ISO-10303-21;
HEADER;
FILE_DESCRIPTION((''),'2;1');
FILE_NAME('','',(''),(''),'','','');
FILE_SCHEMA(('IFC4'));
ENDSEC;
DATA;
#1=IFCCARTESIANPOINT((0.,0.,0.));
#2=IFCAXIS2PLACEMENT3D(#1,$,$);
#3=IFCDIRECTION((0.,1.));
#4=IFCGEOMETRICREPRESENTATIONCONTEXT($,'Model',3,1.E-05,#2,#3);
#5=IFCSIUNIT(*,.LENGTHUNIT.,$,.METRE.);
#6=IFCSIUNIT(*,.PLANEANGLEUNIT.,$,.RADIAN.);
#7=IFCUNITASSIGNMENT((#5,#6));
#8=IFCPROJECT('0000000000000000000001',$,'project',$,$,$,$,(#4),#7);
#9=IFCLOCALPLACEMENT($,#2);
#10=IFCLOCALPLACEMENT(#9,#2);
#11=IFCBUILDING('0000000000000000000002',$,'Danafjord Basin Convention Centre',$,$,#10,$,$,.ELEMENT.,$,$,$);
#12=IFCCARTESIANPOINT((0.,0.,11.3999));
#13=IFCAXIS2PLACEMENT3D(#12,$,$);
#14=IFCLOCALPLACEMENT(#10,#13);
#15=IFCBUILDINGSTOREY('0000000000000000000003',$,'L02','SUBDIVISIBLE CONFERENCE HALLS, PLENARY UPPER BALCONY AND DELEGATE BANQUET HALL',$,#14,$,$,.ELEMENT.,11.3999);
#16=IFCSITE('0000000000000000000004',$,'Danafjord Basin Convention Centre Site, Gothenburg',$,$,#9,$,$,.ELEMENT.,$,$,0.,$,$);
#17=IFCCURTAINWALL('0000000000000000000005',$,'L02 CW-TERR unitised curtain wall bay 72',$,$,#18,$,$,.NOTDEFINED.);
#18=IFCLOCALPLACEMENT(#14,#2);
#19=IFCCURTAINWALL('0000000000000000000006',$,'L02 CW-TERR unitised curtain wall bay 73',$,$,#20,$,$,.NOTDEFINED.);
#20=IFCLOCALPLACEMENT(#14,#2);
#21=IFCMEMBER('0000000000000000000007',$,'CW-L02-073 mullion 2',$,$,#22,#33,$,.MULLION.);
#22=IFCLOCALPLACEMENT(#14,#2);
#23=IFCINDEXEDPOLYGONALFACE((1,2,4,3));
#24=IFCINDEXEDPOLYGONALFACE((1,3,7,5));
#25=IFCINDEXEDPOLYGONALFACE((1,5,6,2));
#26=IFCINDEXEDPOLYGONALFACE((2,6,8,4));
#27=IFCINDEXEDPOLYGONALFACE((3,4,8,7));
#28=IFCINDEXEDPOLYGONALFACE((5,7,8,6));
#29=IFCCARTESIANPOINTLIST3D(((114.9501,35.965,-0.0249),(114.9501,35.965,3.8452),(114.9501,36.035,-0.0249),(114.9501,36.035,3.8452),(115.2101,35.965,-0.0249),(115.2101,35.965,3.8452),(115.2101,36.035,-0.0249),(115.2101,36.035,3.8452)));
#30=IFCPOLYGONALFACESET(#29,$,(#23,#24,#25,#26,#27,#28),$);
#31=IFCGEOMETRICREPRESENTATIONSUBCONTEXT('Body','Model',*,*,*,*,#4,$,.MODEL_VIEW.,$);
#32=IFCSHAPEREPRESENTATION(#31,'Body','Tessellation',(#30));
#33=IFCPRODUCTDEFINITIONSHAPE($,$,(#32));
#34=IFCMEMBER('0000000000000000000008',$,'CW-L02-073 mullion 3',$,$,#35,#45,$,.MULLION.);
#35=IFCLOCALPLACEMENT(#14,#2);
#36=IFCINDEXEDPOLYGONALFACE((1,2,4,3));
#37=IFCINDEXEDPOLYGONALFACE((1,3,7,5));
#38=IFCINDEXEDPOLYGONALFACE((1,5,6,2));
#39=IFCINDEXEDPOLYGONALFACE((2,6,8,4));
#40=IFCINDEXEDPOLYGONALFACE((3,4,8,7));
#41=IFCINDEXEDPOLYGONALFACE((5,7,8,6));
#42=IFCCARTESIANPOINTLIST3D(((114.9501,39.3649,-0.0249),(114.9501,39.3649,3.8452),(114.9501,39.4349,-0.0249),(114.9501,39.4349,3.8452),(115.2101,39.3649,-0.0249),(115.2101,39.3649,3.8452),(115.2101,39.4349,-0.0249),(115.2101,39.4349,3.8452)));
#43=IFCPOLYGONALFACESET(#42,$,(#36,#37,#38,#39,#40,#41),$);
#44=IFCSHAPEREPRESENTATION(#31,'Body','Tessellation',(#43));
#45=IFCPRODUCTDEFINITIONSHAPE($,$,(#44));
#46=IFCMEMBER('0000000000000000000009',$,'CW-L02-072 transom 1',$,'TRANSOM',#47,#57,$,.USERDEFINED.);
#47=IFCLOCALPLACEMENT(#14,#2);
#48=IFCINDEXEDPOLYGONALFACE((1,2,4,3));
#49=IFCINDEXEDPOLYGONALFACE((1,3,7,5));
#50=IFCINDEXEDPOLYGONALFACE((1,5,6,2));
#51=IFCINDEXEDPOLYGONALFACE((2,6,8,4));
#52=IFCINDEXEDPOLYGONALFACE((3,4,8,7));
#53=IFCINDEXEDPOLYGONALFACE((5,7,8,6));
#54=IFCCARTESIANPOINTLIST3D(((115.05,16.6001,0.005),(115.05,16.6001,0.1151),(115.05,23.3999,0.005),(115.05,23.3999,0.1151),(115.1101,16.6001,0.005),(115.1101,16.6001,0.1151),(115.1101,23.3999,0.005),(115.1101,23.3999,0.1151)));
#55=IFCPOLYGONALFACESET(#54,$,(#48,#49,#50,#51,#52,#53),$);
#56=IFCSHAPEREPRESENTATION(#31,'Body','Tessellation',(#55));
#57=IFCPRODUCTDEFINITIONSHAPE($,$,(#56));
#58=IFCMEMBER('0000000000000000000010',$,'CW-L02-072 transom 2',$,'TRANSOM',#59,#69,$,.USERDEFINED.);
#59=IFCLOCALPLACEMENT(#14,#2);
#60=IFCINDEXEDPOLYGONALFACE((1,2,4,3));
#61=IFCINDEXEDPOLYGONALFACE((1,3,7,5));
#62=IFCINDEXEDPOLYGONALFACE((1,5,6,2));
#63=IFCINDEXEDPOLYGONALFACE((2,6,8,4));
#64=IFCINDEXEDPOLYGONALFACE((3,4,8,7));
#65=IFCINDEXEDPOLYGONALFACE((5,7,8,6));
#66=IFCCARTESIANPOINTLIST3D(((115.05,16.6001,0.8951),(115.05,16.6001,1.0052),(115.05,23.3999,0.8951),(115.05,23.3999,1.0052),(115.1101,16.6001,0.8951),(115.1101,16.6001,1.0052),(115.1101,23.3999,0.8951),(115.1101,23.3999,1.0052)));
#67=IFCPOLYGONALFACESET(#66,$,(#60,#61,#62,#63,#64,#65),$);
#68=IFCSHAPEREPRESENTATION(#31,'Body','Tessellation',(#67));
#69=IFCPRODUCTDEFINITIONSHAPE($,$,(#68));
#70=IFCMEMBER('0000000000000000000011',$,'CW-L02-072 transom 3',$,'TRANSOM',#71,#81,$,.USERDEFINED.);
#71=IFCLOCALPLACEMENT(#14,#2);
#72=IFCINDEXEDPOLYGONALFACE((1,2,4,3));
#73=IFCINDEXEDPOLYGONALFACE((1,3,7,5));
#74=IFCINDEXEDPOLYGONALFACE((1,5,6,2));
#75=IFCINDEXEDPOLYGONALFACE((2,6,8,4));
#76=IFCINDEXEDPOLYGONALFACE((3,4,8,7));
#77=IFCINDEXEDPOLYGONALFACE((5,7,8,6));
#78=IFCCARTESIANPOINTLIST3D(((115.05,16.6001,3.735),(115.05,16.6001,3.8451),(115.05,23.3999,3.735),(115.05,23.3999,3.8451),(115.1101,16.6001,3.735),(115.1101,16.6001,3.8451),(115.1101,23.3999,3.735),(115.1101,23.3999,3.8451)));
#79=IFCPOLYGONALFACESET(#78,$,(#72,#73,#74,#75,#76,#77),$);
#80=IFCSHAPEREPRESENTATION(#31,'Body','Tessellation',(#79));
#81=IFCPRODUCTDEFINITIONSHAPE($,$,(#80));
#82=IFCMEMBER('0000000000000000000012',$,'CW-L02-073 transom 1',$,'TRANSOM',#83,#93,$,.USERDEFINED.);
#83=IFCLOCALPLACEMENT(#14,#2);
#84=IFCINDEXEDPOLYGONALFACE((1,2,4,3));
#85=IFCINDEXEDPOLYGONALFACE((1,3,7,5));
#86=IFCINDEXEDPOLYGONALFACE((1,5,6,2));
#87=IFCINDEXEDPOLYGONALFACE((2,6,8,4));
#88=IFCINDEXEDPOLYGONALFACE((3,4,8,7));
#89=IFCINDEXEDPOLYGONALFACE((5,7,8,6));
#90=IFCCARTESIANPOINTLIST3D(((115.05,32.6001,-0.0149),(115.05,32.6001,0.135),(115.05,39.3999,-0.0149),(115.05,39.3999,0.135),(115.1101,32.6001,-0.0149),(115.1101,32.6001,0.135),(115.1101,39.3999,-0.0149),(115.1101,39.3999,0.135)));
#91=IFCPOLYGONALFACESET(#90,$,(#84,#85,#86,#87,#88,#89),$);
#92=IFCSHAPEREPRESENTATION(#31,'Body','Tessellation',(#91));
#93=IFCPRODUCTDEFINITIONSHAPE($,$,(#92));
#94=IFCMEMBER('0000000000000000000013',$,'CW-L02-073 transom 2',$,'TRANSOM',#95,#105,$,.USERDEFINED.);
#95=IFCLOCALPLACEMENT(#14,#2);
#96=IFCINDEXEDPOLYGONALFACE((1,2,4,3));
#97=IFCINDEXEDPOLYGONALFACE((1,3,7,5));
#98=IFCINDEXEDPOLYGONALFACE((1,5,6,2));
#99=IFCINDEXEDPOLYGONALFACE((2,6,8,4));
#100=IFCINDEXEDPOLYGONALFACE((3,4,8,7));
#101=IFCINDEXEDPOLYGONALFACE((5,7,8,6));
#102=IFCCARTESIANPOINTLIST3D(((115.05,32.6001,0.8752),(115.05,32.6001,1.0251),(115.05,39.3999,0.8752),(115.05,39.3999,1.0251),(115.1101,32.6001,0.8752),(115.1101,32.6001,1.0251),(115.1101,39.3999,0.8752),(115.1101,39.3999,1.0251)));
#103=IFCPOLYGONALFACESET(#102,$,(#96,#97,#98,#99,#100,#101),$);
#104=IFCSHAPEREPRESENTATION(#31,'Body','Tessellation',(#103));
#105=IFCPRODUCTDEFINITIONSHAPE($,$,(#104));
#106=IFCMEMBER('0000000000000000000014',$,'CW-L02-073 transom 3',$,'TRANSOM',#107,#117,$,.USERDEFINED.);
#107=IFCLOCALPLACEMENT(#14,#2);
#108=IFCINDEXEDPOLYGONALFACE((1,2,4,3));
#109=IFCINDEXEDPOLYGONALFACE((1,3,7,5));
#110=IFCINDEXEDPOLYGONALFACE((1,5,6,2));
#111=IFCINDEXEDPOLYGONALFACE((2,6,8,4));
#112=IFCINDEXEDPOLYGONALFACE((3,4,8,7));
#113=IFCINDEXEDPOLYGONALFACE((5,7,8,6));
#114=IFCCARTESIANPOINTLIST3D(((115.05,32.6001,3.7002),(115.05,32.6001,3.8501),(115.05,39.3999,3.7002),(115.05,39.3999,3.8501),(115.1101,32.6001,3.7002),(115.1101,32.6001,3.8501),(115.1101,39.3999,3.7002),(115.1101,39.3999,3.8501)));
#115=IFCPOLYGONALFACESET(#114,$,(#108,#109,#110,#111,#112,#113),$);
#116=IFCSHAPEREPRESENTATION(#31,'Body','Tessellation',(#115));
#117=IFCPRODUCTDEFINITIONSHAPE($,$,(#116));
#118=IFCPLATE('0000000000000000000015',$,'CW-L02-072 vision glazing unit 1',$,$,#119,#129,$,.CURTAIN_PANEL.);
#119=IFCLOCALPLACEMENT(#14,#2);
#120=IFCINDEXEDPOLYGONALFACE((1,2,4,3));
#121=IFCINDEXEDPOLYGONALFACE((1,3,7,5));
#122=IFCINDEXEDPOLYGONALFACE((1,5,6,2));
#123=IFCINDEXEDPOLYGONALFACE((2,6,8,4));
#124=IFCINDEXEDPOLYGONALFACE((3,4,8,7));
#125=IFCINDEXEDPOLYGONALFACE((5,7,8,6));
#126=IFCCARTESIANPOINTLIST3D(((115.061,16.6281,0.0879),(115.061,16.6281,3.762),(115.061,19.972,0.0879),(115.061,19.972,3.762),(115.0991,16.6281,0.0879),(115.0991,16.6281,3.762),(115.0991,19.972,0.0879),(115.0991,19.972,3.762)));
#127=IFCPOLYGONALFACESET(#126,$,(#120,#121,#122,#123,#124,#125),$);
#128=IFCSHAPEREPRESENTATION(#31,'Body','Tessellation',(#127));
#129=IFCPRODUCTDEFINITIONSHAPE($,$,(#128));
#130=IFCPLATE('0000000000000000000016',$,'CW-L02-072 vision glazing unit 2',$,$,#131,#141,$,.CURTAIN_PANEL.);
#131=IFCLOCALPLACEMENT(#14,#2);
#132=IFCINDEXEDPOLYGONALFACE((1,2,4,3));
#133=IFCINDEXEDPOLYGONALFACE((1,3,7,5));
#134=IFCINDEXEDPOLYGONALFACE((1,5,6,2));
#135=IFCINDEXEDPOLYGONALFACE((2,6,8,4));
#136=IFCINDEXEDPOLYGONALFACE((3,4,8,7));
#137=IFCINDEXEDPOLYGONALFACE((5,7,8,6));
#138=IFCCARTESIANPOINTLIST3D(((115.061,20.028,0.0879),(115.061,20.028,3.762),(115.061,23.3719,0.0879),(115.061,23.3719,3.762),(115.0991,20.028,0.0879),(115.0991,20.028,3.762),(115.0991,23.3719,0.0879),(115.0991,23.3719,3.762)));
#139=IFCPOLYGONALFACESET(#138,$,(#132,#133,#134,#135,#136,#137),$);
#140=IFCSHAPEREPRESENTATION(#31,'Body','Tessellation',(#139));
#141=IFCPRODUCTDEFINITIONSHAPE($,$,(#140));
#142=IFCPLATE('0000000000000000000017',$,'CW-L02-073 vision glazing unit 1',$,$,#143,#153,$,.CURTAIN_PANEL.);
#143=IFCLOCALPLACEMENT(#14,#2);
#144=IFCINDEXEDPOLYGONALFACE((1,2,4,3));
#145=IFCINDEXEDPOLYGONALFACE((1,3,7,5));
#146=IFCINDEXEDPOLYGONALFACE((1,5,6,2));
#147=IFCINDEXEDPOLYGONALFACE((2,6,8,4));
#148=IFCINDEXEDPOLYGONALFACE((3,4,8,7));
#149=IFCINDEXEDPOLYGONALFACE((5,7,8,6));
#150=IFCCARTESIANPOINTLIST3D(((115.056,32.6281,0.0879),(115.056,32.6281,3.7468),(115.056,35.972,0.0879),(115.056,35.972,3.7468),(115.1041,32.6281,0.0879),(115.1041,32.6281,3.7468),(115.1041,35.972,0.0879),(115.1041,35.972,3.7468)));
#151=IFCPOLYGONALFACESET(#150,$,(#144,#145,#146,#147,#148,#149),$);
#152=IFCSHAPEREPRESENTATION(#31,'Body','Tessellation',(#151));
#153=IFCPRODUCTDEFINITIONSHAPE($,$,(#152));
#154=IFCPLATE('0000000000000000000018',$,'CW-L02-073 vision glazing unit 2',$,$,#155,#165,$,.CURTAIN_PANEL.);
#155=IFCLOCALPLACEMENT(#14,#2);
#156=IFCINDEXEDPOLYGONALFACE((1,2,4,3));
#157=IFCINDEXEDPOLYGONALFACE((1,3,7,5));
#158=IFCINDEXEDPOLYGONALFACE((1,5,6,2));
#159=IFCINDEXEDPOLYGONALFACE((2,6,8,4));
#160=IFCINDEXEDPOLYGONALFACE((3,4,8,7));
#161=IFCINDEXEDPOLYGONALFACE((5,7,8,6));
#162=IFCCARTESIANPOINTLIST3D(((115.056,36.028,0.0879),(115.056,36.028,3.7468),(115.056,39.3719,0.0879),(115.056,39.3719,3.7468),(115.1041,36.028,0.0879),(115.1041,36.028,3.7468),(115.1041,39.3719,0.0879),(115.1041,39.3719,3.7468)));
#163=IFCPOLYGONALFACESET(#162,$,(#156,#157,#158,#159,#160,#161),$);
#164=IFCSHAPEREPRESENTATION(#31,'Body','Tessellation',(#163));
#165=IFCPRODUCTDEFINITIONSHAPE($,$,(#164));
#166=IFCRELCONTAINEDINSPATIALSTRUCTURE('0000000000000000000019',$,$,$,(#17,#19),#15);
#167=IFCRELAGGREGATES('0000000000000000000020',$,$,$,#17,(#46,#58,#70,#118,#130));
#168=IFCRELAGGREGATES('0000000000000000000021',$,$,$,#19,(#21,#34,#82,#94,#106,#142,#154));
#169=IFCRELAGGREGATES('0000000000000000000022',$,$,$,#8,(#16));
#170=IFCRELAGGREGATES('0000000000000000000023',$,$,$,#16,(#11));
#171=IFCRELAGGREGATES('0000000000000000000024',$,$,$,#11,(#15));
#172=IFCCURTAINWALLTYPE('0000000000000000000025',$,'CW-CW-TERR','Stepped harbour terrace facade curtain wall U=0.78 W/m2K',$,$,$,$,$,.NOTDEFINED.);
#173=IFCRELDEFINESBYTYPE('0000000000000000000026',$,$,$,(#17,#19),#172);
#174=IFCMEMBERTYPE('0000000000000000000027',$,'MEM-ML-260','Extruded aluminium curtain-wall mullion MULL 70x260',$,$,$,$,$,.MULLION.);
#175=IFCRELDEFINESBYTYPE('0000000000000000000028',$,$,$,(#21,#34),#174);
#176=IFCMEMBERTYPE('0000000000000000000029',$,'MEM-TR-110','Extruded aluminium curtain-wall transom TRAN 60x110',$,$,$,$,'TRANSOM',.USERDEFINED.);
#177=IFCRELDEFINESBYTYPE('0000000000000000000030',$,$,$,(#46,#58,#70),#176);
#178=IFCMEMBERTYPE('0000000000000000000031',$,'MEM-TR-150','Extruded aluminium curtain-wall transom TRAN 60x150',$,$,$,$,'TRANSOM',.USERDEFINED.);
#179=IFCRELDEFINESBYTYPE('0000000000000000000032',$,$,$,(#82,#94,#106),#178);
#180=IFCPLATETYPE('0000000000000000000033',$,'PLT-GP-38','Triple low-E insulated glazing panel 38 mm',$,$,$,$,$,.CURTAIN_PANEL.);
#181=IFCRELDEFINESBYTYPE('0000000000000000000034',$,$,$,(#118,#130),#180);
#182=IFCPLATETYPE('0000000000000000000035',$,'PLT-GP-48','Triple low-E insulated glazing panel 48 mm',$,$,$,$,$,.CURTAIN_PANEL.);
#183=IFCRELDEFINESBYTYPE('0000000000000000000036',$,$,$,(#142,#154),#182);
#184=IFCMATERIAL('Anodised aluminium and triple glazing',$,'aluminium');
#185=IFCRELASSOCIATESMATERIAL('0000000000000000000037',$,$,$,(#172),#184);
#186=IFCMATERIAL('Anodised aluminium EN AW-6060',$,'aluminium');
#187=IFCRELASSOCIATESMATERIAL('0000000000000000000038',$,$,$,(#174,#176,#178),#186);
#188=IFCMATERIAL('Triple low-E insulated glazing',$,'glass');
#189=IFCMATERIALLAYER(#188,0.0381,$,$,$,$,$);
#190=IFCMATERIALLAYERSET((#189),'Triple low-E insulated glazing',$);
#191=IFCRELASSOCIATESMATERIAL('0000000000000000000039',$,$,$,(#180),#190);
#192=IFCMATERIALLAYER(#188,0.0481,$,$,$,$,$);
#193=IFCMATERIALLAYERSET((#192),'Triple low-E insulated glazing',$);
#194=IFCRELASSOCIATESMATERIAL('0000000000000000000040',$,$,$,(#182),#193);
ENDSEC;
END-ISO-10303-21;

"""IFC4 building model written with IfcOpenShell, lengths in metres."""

from ifc_helpers import new_model, si_unit, direction, frame, origin, origin_2d, place, context, subcontext, project, spatial, rectangle, extrude, material, layer, layer_set, material_profile, profile_set, type_object, element, aggregate, save


model = new_model("IFC4")

# Units and contexts
model_context = context("Model", 3, precision=1e-05, world=origin(), true_north=direction((0.0, 1.0)))
body_context = subcontext(model_context, "Body", "Model", "MODEL_VIEW")
ifc_project = project(units=[si_unit("LENGTHUNIT", "METRE"), si_unit("PLANEANGLEUNIT", "RADIAN")], contexts=[model_context])

# Site, building, storey
site_placement = place(None, origin())
site = spatial("IfcSite", under=ifc_project, at=site_placement, Name="Danafjord Basin Convention Centre Site, Gothenburg", CompositionType="ELEMENT", RefElevation=0.0)
building_placement = place(site_placement, origin())
building = spatial("IfcBuilding", under=site, at=building_placement, Name="Danafjord Basin Convention Centre", CompositionType="ELEMENT")
storey_placement = place(building_placement, frame((0.0, 0.0, 11.3999)))
storey = spatial("IfcBuildingStorey", under=building, at=storey_placement, Name="L02", Description="SUBDIVISIBLE CONFERENCE HALLS, PLENARY UPPER BALCONY AND DELEGATE BANQUET HALL", CompositionType="ELEMENT", Elevation=11.3999)

# Curtain walls, members
ifc_material_1 = material(Name="Anodised aluminium and triple glazing", Category="aluminium")
curtain_wall_type = type_object("IfcCurtainWallType", Name="CW-CW-TERR", Description="Stepped harbour terrace facade curtain wall U=0.78 W/m2K", PredefinedType="NOTDEFINED", material=ifc_material_1)
curtain_wall_1_placement = place(storey_placement, origin())
curtain_wall_1 = element("IfcCurtainWall", 1, at=curtain_wall_1_placement, inside=storey, type_object=curtain_wall_type, Name="L02 CW-TERR unitised curtain wall bay 72", PredefinedType="NOTDEFINED")
ifc_material_2 = material(Name="Anodised aluminium EN AW-6060", Category="aluminium")
curtain_wall_2_placement = place(storey_placement, origin())
curtain_wall_2 = element("IfcCurtainWall", 2, at=curtain_wall_2_placement, inside=storey, type_object=curtain_wall_type, Name="L02 CW-TERR unitised curtain wall bay 73", PredefinedType="NOTDEFINED")
ifc_material_profile_1 = material_profile(ifc_material_2, rectangle(XDim=0.0701, YDim=0.26, at=origin_2d()), Name="MULL 70x260")
ifc_profile_set_1 = profile_set([ifc_material_profile_1], Name="Anodised aluminium EN AW-6060")
member_type_1 = type_object("IfcMemberType", Name="MEM-ML-260", Description="Extruded aluminium curtain-wall mullion MULL 70x260", PredefinedType="MULLION", material=ifc_profile_set_1)
member_1_placement = place(storey_placement, frame((115.0801, 36.0, -0.0249), z_axis=(0.0, 0.0, 1.0), x_axis=(0.0, 1.0, 0.0)))
member_1 = element("IfcMember", 3, at=member_1_placement, type_object=member_type_1, Name="CW-L02-073 mullion 2", PredefinedType="MULLION", context=body_context, shape_type="SweptSolid", body=[
    extrude(rectangle(XDim=0.0701, YDim=0.26, at=origin_2d()), origin(), (0.0, 0.0, 1.0), 3.8701),
])
member_2_placement = place(storey_placement, frame((115.0801, 39.3999, -0.0249), z_axis=(0.0, 0.0, 1.0), x_axis=(0.0, 1.0, 0.0)))
member_2 = element("IfcMember", 4, at=member_2_placement, type_object=member_type_1, Name="CW-L02-073 mullion 3", PredefinedType="MULLION", context=body_context, shape_type="SweptSolid", body=[
    extrude(rectangle(XDim=0.0701, YDim=0.26, at=origin_2d()), origin(), (0.0, 0.0, 1.0), 3.8701),
])

# Members
ifc_material_profile_2 = material_profile(ifc_material_2, rectangle(XDim=0.0601, YDim=0.1101, at=origin_2d()), Name="TRAN 60x110")
ifc_profile_set_2 = profile_set([ifc_material_profile_2], Name="Anodised aluminium EN AW-6060")
member_type_2 = type_object("IfcMemberType", Name="MEM-TR-110", Description="Extruded aluminium curtain-wall transom TRAN 60x110", ElementType="TRANSOM", PredefinedType="USERDEFINED", material=ifc_profile_set_2)
member_3_placement = place(storey_placement, frame((115.0801, 16.6001, 0.0601), z_axis=(0.0, 1.0, 0.0), x_axis=(-1.0, 0.0, 0.0)))
member_3 = element("IfcMember", 5, at=member_3_placement, type_object=member_type_2, Name="CW-L02-072 transom 1", ObjectType="TRANSOM", PredefinedType="USERDEFINED", context=body_context, shape_type="SweptSolid", body=[
    extrude(rectangle(XDim=0.0601, YDim=0.1101, at=origin_2d()), origin(), (0.0, 0.0, 1.0), 6.7998),
])
member_4_placement = place(storey_placement, frame((115.0801, 16.6001, 0.9502), z_axis=(0.0, 1.0, 0.0), x_axis=(-1.0, 0.0, 0.0)))
member_4 = element("IfcMember", 6, at=member_4_placement, type_object=member_type_2, Name="CW-L02-072 transom 2", ObjectType="TRANSOM", PredefinedType="USERDEFINED", context=body_context, shape_type="SweptSolid", body=[
    extrude(rectangle(XDim=0.0601, YDim=0.1101, at=origin_2d()), origin(), (0.0, 0.0, 1.0), 6.7998),
])
member_5_placement = place(storey_placement, frame((115.0801, 16.6001, 3.79), z_axis=(0.0, 1.0, 0.0), x_axis=(-1.0, 0.0, 0.0)))
member_5 = element("IfcMember", 7, at=member_5_placement, type_object=member_type_2, Name="CW-L02-072 transom 3", ObjectType="TRANSOM", PredefinedType="USERDEFINED", context=body_context, shape_type="SweptSolid", body=[
    extrude(rectangle(XDim=0.0601, YDim=0.1101, at=origin_2d()), origin(), (0.0, 0.0, 1.0), 6.7998),
])
ifc_material_profile_3 = material_profile(ifc_material_2, rectangle(XDim=0.0601, YDim=0.1499, at=origin_2d()), Name="TRAN 60x150")
ifc_profile_set_3 = profile_set([ifc_material_profile_3], Name="Anodised aluminium EN AW-6060")
member_type_3 = type_object("IfcMemberType", Name="MEM-TR-150", Description="Extruded aluminium curtain-wall transom TRAN 60x150", ElementType="TRANSOM", PredefinedType="USERDEFINED", material=ifc_profile_set_3)
member_6_placement = place(storey_placement, frame((115.0801, 32.6001, 0.0601), z_axis=(0.0, 1.0, 0.0), x_axis=(-1.0, 0.0, 0.0)))
member_6 = element("IfcMember", 8, at=member_6_placement, type_object=member_type_3, Name="CW-L02-073 transom 1", ObjectType="TRANSOM", PredefinedType="USERDEFINED", context=body_context, shape_type="SweptSolid", body=[
    extrude(rectangle(XDim=0.0601, YDim=0.1499, at=origin_2d()), origin(), (0.0, 0.0, 1.0), 6.7998),
])
member_7_placement = place(storey_placement, frame((115.0801, 32.6001, 0.9502), z_axis=(0.0, 1.0, 0.0), x_axis=(-1.0, 0.0, 0.0)))
member_7 = element("IfcMember", 9, at=member_7_placement, type_object=member_type_3, Name="CW-L02-073 transom 2", ObjectType="TRANSOM", PredefinedType="USERDEFINED", context=body_context, shape_type="SweptSolid", body=[
    extrude(rectangle(XDim=0.0601, YDim=0.1499, at=origin_2d()), origin(), (0.0, 0.0, 1.0), 6.7998),
])
member_8_placement = place(storey_placement, frame((115.0801, 32.6001, 3.7751), z_axis=(0.0, 1.0, 0.0), x_axis=(-1.0, 0.0, 0.0)))
member_8 = element("IfcMember", 10, at=member_8_placement, type_object=member_type_3, Name="CW-L02-073 transom 3", ObjectType="TRANSOM", PredefinedType="USERDEFINED", context=body_context, shape_type="SweptSolid", body=[
    extrude(rectangle(XDim=0.0601, YDim=0.1499, at=origin_2d()), origin(), (0.0, 0.0, 1.0), 6.7998),
])

# Plates
ifc_material_3 = material(Name="Triple low-E insulated glazing", Category="glass")
ifc_layer_1 = layer(ifc_material_3, 0.0381)
ifc_layer_set_1 = layer_set([ifc_layer_1], Name="Triple low-E insulated glazing")
plate_type_1 = type_object("IfcPlateType", Name="PLT-GP-38", Description="Triple low-E insulated glazing panel 38 mm", PredefinedType="CURTAIN_PANEL", material=ifc_layer_set_1)
plate_1_placement = place(storey_placement, frame((115.0801, 18.3, 0.0879), z_axis=(0.0, 0.0, 1.0), x_axis=(0.0, 1.0, 0.0)))
plate_1 = element("IfcPlate", 11, at=plate_1_placement, type_object=plate_type_1, Name="CW-L02-072 vision glazing unit 1", PredefinedType="CURTAIN_PANEL", context=body_context, shape_type="SweptSolid", body=[
    extrude(rectangle(XDim=3.344, YDim=0.0381, at=origin_2d()), origin(), (0.0, 0.0, 1.0), 3.6741),
])
plate_2_placement = place(storey_placement, frame((115.0801, 21.7, 0.0879), z_axis=(0.0, 0.0, 1.0), x_axis=(0.0, 1.0, 0.0)))
plate_2 = element("IfcPlate", 12, at=plate_2_placement, type_object=plate_type_1, Name="CW-L02-072 vision glazing unit 2", PredefinedType="CURTAIN_PANEL", context=body_context, shape_type="SweptSolid", body=[
    extrude(rectangle(XDim=3.344, YDim=0.0381, at=origin_2d()), origin(), (0.0, 0.0, 1.0), 3.6741),
])
aggregate(curtain_wall_1, [member_3, member_4, member_5, plate_1, plate_2])
ifc_layer_2 = layer(ifc_material_3, 0.0481)
ifc_layer_set_2 = layer_set([ifc_layer_2], Name="Triple low-E insulated glazing")
plate_type_2 = type_object("IfcPlateType", Name="PLT-GP-48", Description="Triple low-E insulated glazing panel 48 mm", PredefinedType="CURTAIN_PANEL", material=ifc_layer_set_2)
plate_3_placement = place(storey_placement, frame((115.0801, 34.3, 0.0879), z_axis=(0.0, 0.0, 1.0), x_axis=(0.0, 1.0, 0.0)))
plate_3 = element("IfcPlate", 13, at=plate_3_placement, type_object=plate_type_2, Name="CW-L02-073 vision glazing unit 1", PredefinedType="CURTAIN_PANEL", context=body_context, shape_type="SweptSolid", body=[
    extrude(rectangle(XDim=3.344, YDim=0.0481, at=origin_2d()), origin(), (0.0, 0.0, 1.0), 3.6589),
])
plate_4_placement = place(storey_placement, frame((115.0801, 37.7, 0.0879), z_axis=(0.0, 0.0, 1.0), x_axis=(0.0, 1.0, 0.0)))
plate_4 = element("IfcPlate", 14, at=plate_4_placement, type_object=plate_type_2, Name="CW-L02-073 vision glazing unit 2", PredefinedType="CURTAIN_PANEL", context=body_context, shape_type="SweptSolid", body=[
    extrude(rectangle(XDim=3.344, YDim=0.0481, at=origin_2d()), origin(), (0.0, 0.0, 1.0), 3.6589),
])
aggregate(curtain_wall_2, [member_1, member_2, member_6, member_7, member_8, plate_3, plate_4])

save(model, "model.ifc")
